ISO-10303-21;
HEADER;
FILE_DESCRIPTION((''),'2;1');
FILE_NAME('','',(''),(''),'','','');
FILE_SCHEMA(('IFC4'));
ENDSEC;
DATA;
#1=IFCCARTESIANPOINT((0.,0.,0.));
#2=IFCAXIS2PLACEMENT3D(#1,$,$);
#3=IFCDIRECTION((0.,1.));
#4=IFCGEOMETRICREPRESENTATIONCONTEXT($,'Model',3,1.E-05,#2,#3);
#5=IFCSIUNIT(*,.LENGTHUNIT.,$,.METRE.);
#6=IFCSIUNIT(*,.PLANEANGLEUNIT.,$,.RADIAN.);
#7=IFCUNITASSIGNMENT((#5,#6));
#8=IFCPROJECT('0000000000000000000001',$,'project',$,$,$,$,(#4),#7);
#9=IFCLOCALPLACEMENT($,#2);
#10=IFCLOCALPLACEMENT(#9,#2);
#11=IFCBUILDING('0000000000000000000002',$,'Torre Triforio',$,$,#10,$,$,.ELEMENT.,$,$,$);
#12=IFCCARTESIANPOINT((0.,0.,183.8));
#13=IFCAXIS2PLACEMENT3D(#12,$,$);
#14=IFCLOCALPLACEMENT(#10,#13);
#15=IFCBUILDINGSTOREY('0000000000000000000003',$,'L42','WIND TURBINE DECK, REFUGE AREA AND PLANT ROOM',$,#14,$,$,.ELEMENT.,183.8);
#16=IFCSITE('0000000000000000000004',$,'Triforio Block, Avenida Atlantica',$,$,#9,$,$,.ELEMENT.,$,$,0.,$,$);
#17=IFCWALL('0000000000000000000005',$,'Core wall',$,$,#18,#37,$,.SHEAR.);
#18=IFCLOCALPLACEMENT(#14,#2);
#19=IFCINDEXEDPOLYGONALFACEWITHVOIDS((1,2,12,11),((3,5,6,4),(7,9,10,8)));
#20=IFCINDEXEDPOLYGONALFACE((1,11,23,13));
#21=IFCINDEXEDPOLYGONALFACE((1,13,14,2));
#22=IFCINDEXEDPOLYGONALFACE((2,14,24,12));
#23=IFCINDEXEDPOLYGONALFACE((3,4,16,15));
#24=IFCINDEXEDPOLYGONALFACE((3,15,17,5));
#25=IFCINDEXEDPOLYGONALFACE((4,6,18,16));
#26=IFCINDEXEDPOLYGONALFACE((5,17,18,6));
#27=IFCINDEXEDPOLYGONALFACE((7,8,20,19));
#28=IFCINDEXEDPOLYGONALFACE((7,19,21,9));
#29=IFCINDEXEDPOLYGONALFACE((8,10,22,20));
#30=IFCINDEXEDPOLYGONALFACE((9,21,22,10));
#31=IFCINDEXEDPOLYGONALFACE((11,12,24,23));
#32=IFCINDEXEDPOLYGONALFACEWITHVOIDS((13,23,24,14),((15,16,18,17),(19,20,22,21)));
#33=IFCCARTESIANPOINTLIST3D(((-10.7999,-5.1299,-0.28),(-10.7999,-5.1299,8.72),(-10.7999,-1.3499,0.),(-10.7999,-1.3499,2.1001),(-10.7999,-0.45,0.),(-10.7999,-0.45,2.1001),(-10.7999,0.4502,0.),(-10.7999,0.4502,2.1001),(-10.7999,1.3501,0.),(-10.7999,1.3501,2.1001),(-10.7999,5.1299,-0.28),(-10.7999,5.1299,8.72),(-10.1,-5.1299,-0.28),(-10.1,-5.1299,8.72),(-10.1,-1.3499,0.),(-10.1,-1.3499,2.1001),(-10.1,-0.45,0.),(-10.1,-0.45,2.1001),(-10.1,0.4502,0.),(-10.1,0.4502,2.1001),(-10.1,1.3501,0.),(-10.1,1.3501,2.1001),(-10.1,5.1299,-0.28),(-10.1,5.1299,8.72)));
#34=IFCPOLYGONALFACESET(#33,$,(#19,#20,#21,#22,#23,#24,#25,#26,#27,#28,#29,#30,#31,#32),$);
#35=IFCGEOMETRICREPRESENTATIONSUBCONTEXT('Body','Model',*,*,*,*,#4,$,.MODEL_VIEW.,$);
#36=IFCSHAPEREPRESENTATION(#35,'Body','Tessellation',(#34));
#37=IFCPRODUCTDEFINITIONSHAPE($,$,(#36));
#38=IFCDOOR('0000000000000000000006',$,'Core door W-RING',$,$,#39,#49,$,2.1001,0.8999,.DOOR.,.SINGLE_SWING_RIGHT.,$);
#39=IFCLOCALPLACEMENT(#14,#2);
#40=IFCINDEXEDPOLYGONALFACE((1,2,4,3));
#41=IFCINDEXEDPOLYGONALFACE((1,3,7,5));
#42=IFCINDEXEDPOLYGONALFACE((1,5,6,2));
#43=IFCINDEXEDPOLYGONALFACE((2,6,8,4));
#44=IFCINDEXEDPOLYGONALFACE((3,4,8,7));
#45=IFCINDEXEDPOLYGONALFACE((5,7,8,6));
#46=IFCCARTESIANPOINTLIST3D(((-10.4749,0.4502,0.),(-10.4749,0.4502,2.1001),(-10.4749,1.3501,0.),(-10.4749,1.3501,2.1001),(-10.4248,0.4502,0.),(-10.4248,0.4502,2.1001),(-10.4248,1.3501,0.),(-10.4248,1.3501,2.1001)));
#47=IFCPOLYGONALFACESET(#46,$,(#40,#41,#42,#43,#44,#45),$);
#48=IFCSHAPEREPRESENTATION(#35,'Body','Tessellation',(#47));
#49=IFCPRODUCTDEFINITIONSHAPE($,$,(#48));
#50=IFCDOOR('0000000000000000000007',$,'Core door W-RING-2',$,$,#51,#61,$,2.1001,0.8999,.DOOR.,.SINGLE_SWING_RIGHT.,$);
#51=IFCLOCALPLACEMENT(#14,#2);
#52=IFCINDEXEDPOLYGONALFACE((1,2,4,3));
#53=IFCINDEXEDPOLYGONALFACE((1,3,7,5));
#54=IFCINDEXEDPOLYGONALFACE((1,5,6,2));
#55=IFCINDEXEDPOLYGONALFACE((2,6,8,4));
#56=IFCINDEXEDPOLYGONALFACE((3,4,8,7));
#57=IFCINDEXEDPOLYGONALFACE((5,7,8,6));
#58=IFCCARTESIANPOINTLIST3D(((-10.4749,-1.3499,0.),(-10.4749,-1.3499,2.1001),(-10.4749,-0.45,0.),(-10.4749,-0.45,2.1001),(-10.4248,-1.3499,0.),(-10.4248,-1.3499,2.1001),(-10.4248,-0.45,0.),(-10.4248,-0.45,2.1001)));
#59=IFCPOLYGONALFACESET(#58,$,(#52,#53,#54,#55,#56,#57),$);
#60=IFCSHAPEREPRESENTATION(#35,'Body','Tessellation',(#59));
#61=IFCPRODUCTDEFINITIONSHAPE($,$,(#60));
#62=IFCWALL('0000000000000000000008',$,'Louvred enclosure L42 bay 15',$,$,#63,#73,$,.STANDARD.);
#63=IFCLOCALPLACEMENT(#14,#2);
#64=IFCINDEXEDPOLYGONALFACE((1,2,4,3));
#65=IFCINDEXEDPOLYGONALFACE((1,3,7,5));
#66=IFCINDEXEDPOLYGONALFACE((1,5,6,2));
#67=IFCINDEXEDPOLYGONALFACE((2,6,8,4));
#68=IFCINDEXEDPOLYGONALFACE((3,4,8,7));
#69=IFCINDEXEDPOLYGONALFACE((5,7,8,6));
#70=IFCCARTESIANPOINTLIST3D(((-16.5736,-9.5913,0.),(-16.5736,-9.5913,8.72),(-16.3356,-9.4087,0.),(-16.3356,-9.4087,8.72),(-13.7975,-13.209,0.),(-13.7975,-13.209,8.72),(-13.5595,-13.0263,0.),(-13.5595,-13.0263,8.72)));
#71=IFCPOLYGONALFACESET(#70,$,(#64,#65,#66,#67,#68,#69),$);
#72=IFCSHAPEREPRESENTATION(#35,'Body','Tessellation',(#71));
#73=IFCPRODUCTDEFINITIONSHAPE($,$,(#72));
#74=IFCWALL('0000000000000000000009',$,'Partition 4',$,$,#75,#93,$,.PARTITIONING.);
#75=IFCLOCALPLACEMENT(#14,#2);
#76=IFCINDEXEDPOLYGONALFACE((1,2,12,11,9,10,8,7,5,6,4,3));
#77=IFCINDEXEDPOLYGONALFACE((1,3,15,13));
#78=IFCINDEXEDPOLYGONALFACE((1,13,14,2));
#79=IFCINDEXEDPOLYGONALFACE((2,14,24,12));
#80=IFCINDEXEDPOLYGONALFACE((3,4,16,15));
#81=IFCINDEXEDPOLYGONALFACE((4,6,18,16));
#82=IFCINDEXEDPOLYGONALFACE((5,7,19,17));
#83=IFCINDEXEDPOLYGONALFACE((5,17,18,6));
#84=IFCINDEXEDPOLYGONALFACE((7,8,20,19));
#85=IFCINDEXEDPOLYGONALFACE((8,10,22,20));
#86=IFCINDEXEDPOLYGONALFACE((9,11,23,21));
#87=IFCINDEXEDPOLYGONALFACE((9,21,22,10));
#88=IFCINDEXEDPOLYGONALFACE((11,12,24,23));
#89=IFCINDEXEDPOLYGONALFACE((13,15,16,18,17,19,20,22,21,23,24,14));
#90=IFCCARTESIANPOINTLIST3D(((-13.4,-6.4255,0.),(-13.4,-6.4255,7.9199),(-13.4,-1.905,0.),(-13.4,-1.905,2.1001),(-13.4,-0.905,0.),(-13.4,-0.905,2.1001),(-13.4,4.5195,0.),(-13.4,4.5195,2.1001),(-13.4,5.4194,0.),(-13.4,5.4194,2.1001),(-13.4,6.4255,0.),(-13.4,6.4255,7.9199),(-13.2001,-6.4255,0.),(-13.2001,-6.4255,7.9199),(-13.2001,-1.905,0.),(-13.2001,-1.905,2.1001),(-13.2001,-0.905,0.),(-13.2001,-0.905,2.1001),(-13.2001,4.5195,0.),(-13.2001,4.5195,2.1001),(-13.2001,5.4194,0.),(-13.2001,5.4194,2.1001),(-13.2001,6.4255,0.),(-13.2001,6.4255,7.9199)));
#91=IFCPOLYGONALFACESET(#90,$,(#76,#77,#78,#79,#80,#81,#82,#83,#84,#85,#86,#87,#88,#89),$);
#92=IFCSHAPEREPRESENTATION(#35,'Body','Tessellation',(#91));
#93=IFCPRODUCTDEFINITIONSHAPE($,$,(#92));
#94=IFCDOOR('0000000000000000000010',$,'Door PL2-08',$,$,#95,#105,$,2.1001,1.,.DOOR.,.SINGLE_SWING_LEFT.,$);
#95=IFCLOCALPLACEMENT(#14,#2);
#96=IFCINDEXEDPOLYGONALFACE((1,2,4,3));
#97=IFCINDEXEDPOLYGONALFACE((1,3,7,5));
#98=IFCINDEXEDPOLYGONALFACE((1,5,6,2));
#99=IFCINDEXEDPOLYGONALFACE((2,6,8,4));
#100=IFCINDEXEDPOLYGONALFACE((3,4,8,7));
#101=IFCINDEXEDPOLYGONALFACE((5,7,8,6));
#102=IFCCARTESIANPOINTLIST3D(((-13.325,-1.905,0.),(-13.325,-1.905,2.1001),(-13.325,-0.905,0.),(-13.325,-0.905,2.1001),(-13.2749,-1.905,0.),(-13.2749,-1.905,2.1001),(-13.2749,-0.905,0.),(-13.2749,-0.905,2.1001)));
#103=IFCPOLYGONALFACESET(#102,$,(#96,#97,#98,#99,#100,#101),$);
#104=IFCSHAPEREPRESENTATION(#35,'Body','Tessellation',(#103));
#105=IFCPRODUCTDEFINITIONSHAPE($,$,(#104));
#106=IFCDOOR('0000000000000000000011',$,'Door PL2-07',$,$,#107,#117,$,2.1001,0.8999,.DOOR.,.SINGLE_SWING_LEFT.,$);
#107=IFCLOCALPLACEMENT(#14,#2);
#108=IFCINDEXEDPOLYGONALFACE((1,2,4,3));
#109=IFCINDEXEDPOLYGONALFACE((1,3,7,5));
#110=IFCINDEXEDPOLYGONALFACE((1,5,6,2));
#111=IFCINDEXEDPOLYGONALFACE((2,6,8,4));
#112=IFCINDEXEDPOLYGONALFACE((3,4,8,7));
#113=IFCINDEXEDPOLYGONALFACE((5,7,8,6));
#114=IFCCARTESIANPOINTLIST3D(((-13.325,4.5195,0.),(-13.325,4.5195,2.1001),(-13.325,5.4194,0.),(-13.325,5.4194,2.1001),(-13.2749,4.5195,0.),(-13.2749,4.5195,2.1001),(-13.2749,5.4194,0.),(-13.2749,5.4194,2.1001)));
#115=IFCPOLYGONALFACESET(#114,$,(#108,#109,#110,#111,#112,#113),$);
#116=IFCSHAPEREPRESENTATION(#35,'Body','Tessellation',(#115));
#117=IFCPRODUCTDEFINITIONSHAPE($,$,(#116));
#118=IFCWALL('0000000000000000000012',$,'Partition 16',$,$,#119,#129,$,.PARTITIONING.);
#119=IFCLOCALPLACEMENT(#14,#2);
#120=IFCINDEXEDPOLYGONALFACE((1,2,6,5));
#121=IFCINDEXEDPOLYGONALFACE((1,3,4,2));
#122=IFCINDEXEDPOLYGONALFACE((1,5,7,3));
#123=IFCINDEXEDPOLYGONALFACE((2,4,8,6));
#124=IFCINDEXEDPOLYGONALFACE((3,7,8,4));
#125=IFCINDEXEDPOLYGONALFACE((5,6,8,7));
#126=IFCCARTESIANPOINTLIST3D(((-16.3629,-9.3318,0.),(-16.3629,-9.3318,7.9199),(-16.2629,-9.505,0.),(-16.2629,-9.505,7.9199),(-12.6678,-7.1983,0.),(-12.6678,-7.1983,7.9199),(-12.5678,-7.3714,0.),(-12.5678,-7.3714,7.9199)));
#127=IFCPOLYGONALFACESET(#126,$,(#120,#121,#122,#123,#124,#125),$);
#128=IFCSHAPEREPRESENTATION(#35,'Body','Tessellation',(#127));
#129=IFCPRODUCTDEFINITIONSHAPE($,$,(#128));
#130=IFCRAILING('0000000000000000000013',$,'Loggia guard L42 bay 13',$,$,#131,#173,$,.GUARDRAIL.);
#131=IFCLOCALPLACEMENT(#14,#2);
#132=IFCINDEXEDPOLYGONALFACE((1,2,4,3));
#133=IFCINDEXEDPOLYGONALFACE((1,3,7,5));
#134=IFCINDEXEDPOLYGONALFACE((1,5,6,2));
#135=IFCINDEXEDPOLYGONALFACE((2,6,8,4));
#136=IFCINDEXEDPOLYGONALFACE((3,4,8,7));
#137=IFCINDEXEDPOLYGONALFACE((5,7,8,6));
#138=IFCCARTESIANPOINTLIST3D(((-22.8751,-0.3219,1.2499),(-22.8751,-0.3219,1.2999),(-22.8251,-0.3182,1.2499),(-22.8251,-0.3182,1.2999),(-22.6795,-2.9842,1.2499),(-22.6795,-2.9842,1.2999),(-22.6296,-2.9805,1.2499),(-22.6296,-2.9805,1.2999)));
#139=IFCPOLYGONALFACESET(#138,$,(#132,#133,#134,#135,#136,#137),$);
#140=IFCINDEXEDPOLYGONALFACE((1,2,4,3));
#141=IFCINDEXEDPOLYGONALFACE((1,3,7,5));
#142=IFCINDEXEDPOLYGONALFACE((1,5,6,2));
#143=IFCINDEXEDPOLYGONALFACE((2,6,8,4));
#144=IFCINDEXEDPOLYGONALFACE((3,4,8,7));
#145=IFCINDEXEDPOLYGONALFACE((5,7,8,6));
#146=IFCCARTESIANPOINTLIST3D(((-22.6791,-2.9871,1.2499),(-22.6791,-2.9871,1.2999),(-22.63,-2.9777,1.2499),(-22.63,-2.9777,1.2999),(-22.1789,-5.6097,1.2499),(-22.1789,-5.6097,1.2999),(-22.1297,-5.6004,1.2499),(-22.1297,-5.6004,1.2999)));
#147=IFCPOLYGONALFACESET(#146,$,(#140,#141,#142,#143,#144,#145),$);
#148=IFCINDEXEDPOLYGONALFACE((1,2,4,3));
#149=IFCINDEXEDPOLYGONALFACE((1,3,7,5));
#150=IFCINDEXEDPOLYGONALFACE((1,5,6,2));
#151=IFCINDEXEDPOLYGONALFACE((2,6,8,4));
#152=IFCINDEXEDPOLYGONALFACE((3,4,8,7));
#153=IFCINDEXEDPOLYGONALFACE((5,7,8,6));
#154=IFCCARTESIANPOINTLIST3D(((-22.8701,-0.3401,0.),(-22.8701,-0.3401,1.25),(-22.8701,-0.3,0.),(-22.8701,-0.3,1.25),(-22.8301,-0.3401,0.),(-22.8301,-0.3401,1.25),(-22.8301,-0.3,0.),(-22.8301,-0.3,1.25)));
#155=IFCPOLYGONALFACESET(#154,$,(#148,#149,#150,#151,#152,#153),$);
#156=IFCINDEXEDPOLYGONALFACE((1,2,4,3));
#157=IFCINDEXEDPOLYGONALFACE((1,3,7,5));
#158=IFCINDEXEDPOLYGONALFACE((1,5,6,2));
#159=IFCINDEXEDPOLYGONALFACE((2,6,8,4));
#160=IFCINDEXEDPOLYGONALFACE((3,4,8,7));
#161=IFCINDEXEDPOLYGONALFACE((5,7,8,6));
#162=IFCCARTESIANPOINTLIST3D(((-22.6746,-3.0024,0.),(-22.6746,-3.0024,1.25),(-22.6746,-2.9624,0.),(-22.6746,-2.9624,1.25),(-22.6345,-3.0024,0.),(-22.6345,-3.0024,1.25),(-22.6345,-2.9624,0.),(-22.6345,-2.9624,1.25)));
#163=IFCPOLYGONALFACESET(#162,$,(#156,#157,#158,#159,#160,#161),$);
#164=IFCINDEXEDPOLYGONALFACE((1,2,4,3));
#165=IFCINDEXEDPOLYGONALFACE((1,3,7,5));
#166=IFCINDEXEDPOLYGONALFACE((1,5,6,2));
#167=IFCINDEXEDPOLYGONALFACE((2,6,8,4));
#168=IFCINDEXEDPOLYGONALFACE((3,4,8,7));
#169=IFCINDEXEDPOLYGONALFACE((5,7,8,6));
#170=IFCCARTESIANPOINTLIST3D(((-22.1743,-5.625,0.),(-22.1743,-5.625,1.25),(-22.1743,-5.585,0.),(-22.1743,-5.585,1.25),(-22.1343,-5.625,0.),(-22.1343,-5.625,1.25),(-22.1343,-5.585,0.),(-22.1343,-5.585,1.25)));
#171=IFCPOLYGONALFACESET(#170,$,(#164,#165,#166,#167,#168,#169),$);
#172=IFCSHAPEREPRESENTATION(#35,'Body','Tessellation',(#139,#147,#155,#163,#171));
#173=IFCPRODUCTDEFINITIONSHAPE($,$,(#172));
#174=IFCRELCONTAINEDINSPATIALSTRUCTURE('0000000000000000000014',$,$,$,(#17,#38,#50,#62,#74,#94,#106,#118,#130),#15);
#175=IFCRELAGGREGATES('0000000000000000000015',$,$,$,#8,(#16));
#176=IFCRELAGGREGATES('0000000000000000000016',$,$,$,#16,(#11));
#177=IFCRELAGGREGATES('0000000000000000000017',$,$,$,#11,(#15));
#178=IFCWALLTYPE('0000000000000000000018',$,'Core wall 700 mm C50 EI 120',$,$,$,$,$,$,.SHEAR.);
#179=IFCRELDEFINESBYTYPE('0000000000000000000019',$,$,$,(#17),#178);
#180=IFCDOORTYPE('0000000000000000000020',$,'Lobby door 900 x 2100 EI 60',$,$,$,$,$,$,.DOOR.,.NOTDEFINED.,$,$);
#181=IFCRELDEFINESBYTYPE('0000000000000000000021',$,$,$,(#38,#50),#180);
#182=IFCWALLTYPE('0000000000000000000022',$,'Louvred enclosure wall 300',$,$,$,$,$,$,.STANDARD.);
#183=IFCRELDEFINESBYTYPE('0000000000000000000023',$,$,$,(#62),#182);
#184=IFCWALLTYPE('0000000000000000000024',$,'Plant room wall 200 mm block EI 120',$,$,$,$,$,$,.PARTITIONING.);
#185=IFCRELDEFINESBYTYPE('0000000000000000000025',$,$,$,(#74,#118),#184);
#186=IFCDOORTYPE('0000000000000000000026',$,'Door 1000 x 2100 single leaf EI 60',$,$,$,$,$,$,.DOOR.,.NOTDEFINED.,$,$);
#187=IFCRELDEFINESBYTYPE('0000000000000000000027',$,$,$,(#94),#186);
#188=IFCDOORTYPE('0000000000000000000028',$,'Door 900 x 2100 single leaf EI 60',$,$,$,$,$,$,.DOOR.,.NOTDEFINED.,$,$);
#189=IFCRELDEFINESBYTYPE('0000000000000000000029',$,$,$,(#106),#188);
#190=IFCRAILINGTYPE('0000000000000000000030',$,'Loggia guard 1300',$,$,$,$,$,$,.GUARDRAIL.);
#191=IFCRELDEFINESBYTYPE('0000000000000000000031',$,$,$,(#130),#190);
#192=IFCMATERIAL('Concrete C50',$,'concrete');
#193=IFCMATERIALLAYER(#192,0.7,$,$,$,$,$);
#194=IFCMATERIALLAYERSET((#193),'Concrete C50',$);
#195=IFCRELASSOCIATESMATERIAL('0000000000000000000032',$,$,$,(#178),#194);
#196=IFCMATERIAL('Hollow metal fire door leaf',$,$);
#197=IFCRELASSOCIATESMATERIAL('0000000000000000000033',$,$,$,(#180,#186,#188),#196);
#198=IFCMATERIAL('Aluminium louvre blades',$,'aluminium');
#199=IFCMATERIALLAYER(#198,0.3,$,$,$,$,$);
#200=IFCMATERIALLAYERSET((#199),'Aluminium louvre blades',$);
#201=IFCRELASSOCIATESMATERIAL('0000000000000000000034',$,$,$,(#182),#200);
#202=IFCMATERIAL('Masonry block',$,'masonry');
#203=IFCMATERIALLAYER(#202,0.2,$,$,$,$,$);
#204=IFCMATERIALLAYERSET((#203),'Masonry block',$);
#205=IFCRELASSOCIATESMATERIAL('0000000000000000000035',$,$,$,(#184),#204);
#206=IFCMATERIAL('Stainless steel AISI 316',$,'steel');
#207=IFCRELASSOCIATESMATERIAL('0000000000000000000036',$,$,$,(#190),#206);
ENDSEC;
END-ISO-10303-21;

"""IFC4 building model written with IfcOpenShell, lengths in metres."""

from ifc_helpers import new_model, si_unit, direction, frame, frame_2d, origin, origin_2d, place, context, subcontext, project, spatial, rectangle, extrude, material, layer, layer_set, type_object, element, fill, save


model = new_model("IFC4")

# Units and contexts
model_context = context("Model", 3, precision=1e-05, world=origin(), true_north=direction((0.0, 1.0)))
body_context = subcontext(model_context, "Body", "Model", "MODEL_VIEW")
ifc_project = project(units=[si_unit("LENGTHUNIT", "METRE"), si_unit("PLANEANGLEUNIT", "RADIAN")], contexts=[model_context])

# Site, building, storey
site_placement = place(None, origin())
site = spatial("IfcSite", under=ifc_project, at=site_placement, Name="Triforio Block, Avenida Atlantica", CompositionType="ELEMENT", RefElevation=0.0)
building_placement = place(site_placement, origin())
building = spatial("IfcBuilding", under=site, at=building_placement, Name="Torre Triforio", CompositionType="ELEMENT")
storey_placement = place(building_placement, frame((0.0, 0.0, 183.8)))
storey = spatial("IfcBuildingStorey", under=building, at=storey_placement, Name="L42", Description="WIND TURBINE DECK, REFUGE AREA AND PLANT ROOM", CompositionType="ELEMENT", Elevation=183.8)

# Shared definitions
ifc_material_1 = material(Name="Concrete C50", Category="concrete")

# Wall, openings, doors
ifc_layer_1 = layer(ifc_material_1, 0.7)
ifc_layer_set_1 = layer_set([ifc_layer_1], Name="Concrete C50")
wall_type_1 = type_object("IfcWallType", Name="Core wall 700 mm C50 EI 120", PredefinedType="SHEAR", material=ifc_layer_set_1)
wall_1_placement = place(storey_placement, frame((-10.45, -5.1299, -0.28), z_axis=(0.0, 0.0, 1.0), x_axis=(0.0, 1.0, 0.0)))
wall_1 = element("IfcWall", 1, at=wall_1_placement, inside=storey, type_object=wall_type_1, Name="Core wall", PredefinedType="SHEAR", context=body_context, shape_type="SweptSolid", body=[
    extrude(rectangle(XDim=10.2598, YDim=0.7, at=frame_2d((5.1299, 0.0))), origin(), (0.0, 0.0, 1.0), 9.0),
])
opening_1_placement = place(wall_1_placement, frame((5.5801, 0.0, 0.28)))
opening_1 = element("IfcOpeningElement", 2, at=opening_1_placement, cuts=wall_1, PredefinedType="OPENING", context=body_context, shape_type="SweptSolid", body=[
    extrude(rectangle(XDim=0.8999, YDim=2.1001, at=frame_2d((0.45, 1.05))), frame((0.0, 0.3599, 0.0), z_axis=(0.0, -1.0, 0.0), x_axis=(1.0, 0.0, 0.0)), (0.0, 0.0, 1.0), 0.72),
])
opening_2_placement = place(wall_1_placement, frame((3.78, 0.0, 0.28)))
opening_2 = element("IfcOpeningElement", 3, at=opening_2_placement, cuts=wall_1, PredefinedType="OPENING", context=body_context, shape_type="SweptSolid", body=[
    extrude(rectangle(XDim=0.8999, YDim=2.1001, at=frame_2d((0.45, 1.05))), frame((0.0, 0.3599, 0.0), z_axis=(0.0, -1.0, 0.0), x_axis=(1.0, 0.0, 0.0)), (0.0, 0.0, 1.0), 0.72),
])
ifc_material_2 = material(Name="Hollow metal fire door leaf")
door_type_1 = type_object("IfcDoorType", Name="Lobby door 900 x 2100 EI 60", OperationType="NOTDEFINED", PredefinedType="DOOR", material=ifc_material_2)
door_1_placement = place(opening_1_placement, origin())
door_1 = element("IfcDoor", 4, at=door_1_placement, inside=storey, type_object=door_type_1, Name="Core door W-RING", OperationType="SINGLE_SWING_RIGHT", OverallHeight=2.1001, OverallWidth=0.8999, PredefinedType="DOOR", context=body_context, shape_type="SweptSolid", body=[
    extrude(rectangle(XDim=0.8999, YDim=2.1001, at=frame_2d((0.45, 1.05))), frame((0.0, 0.0249, 0.0), z_axis=(0.0, -1.0, 0.0), x_axis=(1.0, 0.0, 0.0)), (0.0, 0.0, 1.0), 0.05),
])
fill(opening_1, door_1)
door_2_placement = place(opening_2_placement, origin())
door_2 = element("IfcDoor", 5, at=door_2_placement, inside=storey, type_object=door_type_1, Name="Core door W-RING-2", OperationType="SINGLE_SWING_RIGHT", OverallHeight=2.1001, OverallWidth=0.8999, PredefinedType="DOOR", context=body_context, shape_type="SweptSolid", body=[
    extrude(rectangle(XDim=0.8999, YDim=2.1001, at=frame_2d((0.45, 1.05))), frame((0.0, 0.0249, 0.0), z_axis=(0.0, -1.0, 0.0), x_axis=(1.0, 0.0, 0.0)), (0.0, 0.0, 1.0), 0.05),
])
fill(opening_2, door_2)

# Wall
ifc_material_3 = material(Name="Aluminium louvre blades", Category="aluminium")
ifc_layer_2 = layer(ifc_material_3, 0.3)
ifc_layer_set_2 = layer_set([ifc_layer_2], Name="Aluminium louvre blades")
wall_type_2 = type_object("IfcWallType", Name="Louvred enclosure wall 300", PredefinedType="STANDARD", material=ifc_layer_set_2)
wall_2_placement = place(storey_placement, frame((-16.4546, -9.5, 0.0), z_axis=(0.0, 0.0, 1.0), x_axis=(0.608787, -0.793334, 0.0)))
element("IfcWall", 6, at=wall_2_placement, inside=storey, type_object=wall_type_2, Name="Louvred enclosure L42 bay 15", PredefinedType="STANDARD", context=body_context, shape_type="SweptSolid", body=[
    extrude(rectangle(XDim=4.5601, YDim=0.3, at=frame_2d((2.28, 0.0))), origin(), (0.0, 0.0, 1.0), 8.72),
])

# Wall, openings, doors
ifc_material_4 = material(Name="Masonry block", Category="masonry")
ifc_layer_3 = layer(ifc_material_4, 0.2)
ifc_layer_set_3 = layer_set([ifc_layer_3], Name="Masonry block")
wall_type_3 = type_object("IfcWallType", Name="Plant room wall 200 mm block EI 120", PredefinedType="PARTITIONING", material=ifc_layer_set_3)
wall_3_placement = place(storey_placement, frame((-13.3, -6.4255, 0.0), z_axis=(0.0, 0.0, 1.0), x_axis=(0.0, 1.0, 0.0)))
wall_3 = element("IfcWall", 7, at=wall_3_placement, inside=storey, type_object=wall_type_3, Name="Partition 4", PredefinedType="PARTITIONING", context=body_context, shape_type="SweptSolid", body=[
    extrude(rectangle(XDim=12.8511, YDim=0.2, at=frame_2d((6.4255, 0.0))), origin(), (0.0, 0.0, 1.0), 7.9199),
])
opening_3_placement = place(wall_3_placement, frame((10.9451, 0.0, 0.0)))
opening_3 = element("IfcOpeningElement", 8, at=opening_3_placement, cuts=wall_3, PredefinedType="OPENING", context=body_context, shape_type="SweptSolid", body=[
    extrude(rectangle(XDim=0.8999, YDim=2.1001, at=frame_2d((0.45, 1.05))), frame((0.0, 0.1099, 0.0), z_axis=(0.0, -1.0, 0.0), x_axis=(1.0, 0.0, 0.0)), (0.0, 0.0, 1.0), 0.22),
])
opening_4_placement = place(wall_3_placement, frame((4.5205, 0.0, 0.0)))
opening_4 = element("IfcOpeningElement", 9, at=opening_4_placement, cuts=wall_3, PredefinedType="OPENING", context=body_context, shape_type="SweptSolid", body=[
    extrude(rectangle(XDim=1.0, YDim=2.1001, at=frame_2d((0.5, 1.05))), frame((0.0, 0.1099, 0.0), z_axis=(0.0, -1.0, 0.0), x_axis=(1.0, 0.0, 0.0)), (0.0, 0.0, 1.0), 0.22),
])
door_type_2 = type_object("IfcDoorType", Name="Door 1000 x 2100 single leaf EI 60", OperationType="NOTDEFINED", PredefinedType="DOOR", material=ifc_material_2)
door_3_placement = place(opening_4_placement, origin())
door_3 = element("IfcDoor", 10, at=door_3_placement, inside=storey, type_object=door_type_2, Name="Door PL2-08", OperationType="SINGLE_SWING_LEFT", OverallHeight=2.1001, OverallWidth=1.0, PredefinedType="DOOR", context=body_context, shape_type="SweptSolid", body=[
    extrude(rectangle(XDim=1.0, YDim=2.1001, at=frame_2d((0.5, 1.05))), frame((0.0, 0.0249, 0.0), z_axis=(0.0, -1.0, 0.0), x_axis=(1.0, 0.0, 0.0)), (0.0, 0.0, 1.0), 0.05),
])
fill(opening_4, door_3)
door_type_3 = type_object("IfcDoorType", Name="Door 900 x 2100 single leaf EI 60", OperationType="NOTDEFINED", PredefinedType="DOOR", material=ifc_material_2)
door_4_placement = place(opening_3_placement, origin())
door_4 = element("IfcDoor", 11, at=door_4_placement, inside=storey, type_object=door_type_3, Name="Door PL2-07", OperationType="SINGLE_SWING_LEFT", OverallHeight=2.1001, OverallWidth=0.8999, PredefinedType="DOOR", context=body_context, shape_type="SweptSolid", body=[
    extrude(rectangle(XDim=0.8999, YDim=2.1001, at=frame_2d((0.45, 1.05))), frame((0.0, 0.0249, 0.0), z_axis=(0.0, -1.0, 0.0), x_axis=(1.0, 0.0, 0.0)), (0.0, 0.0, 1.0), 0.05),
])
fill(opening_3, door_4)

# Wall
wall_4_placement = place(storey_placement, frame((-12.6179, -7.2849, 0.0), z_axis=(0.0, 0.0, 1.0), x_axis=(-0.866005, -0.500034, 0.0)))
element("IfcWall", 12, at=wall_4_placement, inside=storey, type_object=wall_type_3, Name="Partition 16", PredefinedType="PARTITIONING", context=body_context, shape_type="SweptSolid", body=[
    extrude(rectangle(XDim=4.2668, YDim=0.2, at=frame_2d((2.1333, 0.0))), origin(), (0.0, 0.0, 1.0), 7.9199),
])

# Railing
ifc_material_5 = material(Name="Stainless steel AISI 316", Category="steel")
railing_type = type_object("IfcRailingType", Name="Loggia guard 1300", PredefinedType="GUARDRAIL", material=ifc_material_5)
railing_1_placement = place(storey_placement, frame((-22.8501, -0.3201, 0.0)))
element("IfcRailing", 13, at=railing_1_placement, inside=storey, type_object=railing_type, Name="Loggia guard L42 bay 13", PredefinedType="GUARDRAIL", context=body_context, shape_type="SweptSolid", body=[
    extrude(rectangle(XDim=0.05, YDim=0.05, at=origin_2d()), frame((0.0, 0.0, 1.2749), z_axis=(0.073255, -0.997313, 0.0), x_axis=(0.997313, 0.073255, 0.0)), (0.0, 0.0, 1.0), 2.6694),
    extrude(rectangle(XDim=0.05, YDim=0.05, at=origin_2d()), frame((0.1956, -2.6624, 1.2749), z_axis=(0.187368, -0.98229, 0.0), x_axis=(0.98229, 0.187368, 0.0)), (0.0, 0.0, 1.0), 2.6699),
    extrude(rectangle(XDim=0.04, YDim=0.04, at=origin_2d()), origin(), (0.0, 0.0, 1.0), 1.25),
    extrude(rectangle(XDim=0.04, YDim=0.04, at=origin_2d()), frame((0.1956, -2.6624, 0.0)), (0.0, 0.0, 1.0), 1.25),
    extrude(rectangle(XDim=0.04, YDim=0.04, at=origin_2d()), frame((0.6958, -5.2849, 0.0)), (0.0, 0.0, 1.0), 1.25),
])

save(model, "model.ifc")
